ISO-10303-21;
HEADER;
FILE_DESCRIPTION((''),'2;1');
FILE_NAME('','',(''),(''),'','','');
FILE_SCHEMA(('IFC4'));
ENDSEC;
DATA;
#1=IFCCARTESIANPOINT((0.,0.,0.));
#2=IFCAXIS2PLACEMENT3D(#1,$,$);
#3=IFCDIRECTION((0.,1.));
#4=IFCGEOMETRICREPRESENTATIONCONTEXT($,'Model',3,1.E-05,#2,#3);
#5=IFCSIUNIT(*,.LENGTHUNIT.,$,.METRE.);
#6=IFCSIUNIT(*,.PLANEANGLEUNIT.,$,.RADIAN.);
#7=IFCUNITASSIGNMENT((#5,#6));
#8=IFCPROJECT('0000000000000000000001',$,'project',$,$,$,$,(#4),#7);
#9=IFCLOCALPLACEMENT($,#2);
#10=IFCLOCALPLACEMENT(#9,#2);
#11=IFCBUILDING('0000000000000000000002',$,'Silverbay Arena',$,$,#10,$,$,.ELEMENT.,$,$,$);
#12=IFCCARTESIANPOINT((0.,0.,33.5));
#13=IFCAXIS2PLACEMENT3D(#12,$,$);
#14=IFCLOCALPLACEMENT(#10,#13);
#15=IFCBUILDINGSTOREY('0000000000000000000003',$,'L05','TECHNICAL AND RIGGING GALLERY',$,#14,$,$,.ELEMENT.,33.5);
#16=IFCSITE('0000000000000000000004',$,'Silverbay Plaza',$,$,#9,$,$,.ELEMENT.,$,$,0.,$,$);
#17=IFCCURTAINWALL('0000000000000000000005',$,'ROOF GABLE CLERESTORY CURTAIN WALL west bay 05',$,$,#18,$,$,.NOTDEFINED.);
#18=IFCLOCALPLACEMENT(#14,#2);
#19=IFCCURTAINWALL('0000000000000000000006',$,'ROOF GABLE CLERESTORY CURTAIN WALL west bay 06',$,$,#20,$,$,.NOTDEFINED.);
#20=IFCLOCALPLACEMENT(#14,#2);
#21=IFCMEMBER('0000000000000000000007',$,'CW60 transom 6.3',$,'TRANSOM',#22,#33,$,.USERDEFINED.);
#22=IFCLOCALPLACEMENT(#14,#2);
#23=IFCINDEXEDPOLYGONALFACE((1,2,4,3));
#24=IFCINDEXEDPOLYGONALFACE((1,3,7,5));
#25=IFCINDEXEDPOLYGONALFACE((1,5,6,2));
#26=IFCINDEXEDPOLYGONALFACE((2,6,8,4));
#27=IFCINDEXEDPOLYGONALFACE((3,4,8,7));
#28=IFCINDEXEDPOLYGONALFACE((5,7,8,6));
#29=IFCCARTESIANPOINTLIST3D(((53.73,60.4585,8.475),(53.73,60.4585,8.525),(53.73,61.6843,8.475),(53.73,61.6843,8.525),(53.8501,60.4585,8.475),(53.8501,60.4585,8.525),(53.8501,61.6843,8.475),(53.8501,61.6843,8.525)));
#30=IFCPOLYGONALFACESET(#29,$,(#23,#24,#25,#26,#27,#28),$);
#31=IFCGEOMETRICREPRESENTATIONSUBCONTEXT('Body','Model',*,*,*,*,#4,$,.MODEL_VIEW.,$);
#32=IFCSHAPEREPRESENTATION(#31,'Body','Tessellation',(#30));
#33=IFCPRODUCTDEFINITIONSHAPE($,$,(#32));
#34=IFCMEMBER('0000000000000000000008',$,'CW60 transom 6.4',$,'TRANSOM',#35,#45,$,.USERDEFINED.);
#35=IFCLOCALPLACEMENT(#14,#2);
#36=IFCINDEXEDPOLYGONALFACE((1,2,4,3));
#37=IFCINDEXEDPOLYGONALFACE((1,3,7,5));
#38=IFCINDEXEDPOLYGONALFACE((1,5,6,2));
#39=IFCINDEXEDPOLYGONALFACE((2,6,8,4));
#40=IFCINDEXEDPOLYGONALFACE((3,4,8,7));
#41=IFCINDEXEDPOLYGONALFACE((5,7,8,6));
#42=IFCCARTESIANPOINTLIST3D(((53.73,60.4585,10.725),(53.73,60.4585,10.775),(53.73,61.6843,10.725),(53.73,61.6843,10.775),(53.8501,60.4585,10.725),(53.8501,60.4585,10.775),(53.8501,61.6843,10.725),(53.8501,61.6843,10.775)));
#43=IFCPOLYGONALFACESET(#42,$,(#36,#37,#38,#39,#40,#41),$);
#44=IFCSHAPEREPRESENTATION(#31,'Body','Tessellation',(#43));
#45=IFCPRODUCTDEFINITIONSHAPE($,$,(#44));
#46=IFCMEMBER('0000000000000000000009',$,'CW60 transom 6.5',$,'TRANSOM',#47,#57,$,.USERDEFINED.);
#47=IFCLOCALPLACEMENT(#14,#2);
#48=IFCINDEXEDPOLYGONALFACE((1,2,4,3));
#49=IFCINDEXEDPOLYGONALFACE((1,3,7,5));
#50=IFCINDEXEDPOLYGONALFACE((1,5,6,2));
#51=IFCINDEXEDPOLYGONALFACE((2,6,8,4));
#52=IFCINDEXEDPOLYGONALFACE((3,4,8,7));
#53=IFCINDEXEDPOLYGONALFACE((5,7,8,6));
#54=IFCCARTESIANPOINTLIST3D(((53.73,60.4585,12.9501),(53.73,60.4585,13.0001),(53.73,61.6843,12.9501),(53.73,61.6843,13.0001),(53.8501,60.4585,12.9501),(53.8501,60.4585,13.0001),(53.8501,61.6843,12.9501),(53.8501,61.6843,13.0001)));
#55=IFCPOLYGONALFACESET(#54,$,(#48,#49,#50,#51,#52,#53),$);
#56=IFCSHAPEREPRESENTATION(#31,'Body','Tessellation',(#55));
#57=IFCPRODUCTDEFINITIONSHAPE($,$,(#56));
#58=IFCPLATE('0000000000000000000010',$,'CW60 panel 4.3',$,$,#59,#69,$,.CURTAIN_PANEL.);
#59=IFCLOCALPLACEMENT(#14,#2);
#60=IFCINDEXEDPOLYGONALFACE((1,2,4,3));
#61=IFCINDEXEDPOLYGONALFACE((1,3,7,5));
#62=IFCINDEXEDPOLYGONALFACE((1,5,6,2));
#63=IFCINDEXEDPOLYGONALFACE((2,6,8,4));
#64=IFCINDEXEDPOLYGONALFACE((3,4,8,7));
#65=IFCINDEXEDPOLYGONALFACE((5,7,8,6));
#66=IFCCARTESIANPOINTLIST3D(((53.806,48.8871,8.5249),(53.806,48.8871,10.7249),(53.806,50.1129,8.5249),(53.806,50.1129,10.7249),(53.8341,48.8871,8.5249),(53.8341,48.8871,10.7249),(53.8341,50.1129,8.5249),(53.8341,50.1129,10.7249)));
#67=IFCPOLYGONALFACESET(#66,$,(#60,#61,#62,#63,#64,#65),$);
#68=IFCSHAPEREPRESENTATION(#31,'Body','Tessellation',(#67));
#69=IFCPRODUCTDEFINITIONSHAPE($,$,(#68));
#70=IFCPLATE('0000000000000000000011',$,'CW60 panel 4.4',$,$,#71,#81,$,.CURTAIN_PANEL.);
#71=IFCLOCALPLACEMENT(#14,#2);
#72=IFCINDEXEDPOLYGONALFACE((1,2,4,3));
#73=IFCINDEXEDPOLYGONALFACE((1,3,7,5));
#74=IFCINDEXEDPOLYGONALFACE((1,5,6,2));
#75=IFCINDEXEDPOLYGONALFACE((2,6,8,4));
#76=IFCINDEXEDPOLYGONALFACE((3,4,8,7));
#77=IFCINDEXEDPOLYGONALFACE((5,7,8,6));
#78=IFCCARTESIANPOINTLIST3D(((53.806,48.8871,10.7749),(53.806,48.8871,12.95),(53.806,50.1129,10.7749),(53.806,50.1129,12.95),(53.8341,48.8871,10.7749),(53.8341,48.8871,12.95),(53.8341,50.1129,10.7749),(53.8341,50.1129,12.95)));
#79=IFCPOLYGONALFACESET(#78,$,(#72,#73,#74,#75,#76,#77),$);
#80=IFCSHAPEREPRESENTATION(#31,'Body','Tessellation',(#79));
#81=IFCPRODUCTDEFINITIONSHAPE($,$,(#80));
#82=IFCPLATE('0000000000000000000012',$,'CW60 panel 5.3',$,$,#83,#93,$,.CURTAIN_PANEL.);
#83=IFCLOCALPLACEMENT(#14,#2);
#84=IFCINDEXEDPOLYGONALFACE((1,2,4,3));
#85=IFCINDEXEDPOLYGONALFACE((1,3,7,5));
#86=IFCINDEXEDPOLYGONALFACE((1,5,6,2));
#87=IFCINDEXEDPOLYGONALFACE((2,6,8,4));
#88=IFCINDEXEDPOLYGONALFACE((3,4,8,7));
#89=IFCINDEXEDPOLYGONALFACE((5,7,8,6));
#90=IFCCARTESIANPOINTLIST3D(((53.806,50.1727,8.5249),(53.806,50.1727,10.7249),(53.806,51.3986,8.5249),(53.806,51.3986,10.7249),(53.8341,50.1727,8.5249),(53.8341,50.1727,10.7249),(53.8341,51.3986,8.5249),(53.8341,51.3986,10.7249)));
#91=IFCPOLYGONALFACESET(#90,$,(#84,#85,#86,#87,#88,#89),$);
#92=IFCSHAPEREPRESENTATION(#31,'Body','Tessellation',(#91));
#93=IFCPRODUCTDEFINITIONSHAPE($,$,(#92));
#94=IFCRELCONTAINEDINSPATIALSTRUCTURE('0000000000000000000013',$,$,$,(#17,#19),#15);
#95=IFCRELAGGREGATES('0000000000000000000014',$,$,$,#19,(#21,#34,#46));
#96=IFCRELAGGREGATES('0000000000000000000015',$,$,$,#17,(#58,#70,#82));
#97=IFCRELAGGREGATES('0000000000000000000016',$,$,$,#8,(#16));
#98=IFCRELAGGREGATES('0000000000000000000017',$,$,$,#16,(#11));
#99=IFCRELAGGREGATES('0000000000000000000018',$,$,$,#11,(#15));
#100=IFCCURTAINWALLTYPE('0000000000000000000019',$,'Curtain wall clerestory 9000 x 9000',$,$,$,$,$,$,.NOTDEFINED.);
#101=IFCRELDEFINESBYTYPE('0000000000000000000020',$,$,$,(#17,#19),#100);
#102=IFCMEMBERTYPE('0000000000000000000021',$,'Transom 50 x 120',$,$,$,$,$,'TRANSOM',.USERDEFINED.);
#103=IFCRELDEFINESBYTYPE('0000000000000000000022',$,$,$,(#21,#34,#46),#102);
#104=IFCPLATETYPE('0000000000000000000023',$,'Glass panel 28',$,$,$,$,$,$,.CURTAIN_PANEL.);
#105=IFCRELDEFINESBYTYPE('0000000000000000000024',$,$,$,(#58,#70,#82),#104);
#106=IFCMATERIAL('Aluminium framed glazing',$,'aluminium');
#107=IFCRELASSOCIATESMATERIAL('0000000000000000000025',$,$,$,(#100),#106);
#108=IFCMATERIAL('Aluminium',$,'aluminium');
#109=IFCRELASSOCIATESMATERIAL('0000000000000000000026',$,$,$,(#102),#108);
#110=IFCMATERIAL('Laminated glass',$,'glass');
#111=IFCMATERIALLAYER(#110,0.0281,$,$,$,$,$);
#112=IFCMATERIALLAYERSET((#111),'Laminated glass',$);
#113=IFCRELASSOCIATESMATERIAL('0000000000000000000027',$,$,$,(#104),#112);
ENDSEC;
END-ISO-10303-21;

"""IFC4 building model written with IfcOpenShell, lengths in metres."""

from ifc_helpers import new_model, si_unit, direction, frame, origin, origin_2d, place, context, subcontext, project, spatial, rectangle, extrude, material, layer, layer_set, material_profile, profile_set, type_object, element, aggregate, save


model = new_model("IFC4")

# Units and contexts
model_context = context("Model", 3, precision=1e-05, world=origin(), true_north=direction((0.0, 1.0)))
body_context = subcontext(model_context, "Body", "Model", "MODEL_VIEW")
ifc_project = project(units=[si_unit("LENGTHUNIT", "METRE"), si_unit("PLANEANGLEUNIT", "RADIAN")], contexts=[model_context])

# Site, building, storey
site_placement = place(None, origin())
site = spatial("IfcSite", under=ifc_project, at=site_placement, Name="Silverbay Plaza", CompositionType="ELEMENT", RefElevation=0.0)
building_placement = place(site_placement, origin())
building = spatial("IfcBuilding", under=site, at=building_placement, Name="Silverbay Arena", CompositionType="ELEMENT")
storey_placement = place(building_placement, frame((0.0, 0.0, 33.5)))
storey = spatial("IfcBuildingStorey", under=building, at=storey_placement, Name="L05", Description="TECHNICAL AND RIGGING GALLERY", CompositionType="ELEMENT", Elevation=33.5)

# Curtain walls, members
ifc_material_1 = material(Name="Aluminium framed glazing", Category="aluminium")
curtain_wall_type = type_object("IfcCurtainWallType", Name="Curtain wall clerestory 9000 x 9000", PredefinedType="NOTDEFINED", material=ifc_material_1)
curtain_wall_1_placement = place(storey_placement, origin())
curtain_wall_1 = element("IfcCurtainWall", 1, at=curtain_wall_1_placement, inside=storey, type_object=curtain_wall_type, Name="ROOF GABLE CLERESTORY CURTAIN WALL west bay 05", PredefinedType="NOTDEFINED")
ifc_material_2 = material(Name="Aluminium", Category="aluminium")
ifc_material_profile_1 = material_profile(ifc_material_2, rectangle(XDim=0.1201, YDim=0.05, at=origin_2d()), Name="Transom 50 x 120")
ifc_profile_set_1 = profile_set([ifc_material_profile_1], Name="Aluminium")
member_type_1 = type_object("IfcMemberType", Name="Transom 50 x 120", ElementType="TRANSOM", PredefinedType="USERDEFINED", material=ifc_profile_set_1)
curtain_wall_2_placement = place(storey_placement, origin())
curtain_wall_2 = element("IfcCurtainWall", 2, at=curtain_wall_2_placement, inside=storey, type_object=curtain_wall_type, Name="ROOF GABLE CLERESTORY CURTAIN WALL west bay 06", PredefinedType="NOTDEFINED")
member_1_placement = place(storey_placement, frame((53.79, 60.4585, 8.5), z_axis=(0.0, 1.0, 0.0), x_axis=(-1.0, 0.0, 0.0)))
member_1 = element("IfcMember", 3, at=member_1_placement, type_object=member_type_1, Name="CW60 transom 6.3", ObjectType="TRANSOM", PredefinedType="USERDEFINED", context=body_context, shape_type="SweptSolid", body=[
    extrude(rectangle(XDim=0.1201, YDim=0.05, at=origin_2d()), origin(), (0.0, 0.0, 1.0), 1.2258),
])
member_2_placement = place(storey_placement, frame((53.79, 60.4585, 10.75), z_axis=(0.0, 1.0, 0.0), x_axis=(-1.0, 0.0, 0.0)))
member_2 = element("IfcMember", 4, at=member_2_placement, type_object=member_type_1, Name="CW60 transom 6.4", ObjectType="TRANSOM", PredefinedType="USERDEFINED", context=body_context, shape_type="SweptSolid", body=[
    extrude(rectangle(XDim=0.1201, YDim=0.05, at=origin_2d()), origin(), (0.0, 0.0, 1.0), 1.2258),
])
member_3_placement = place(storey_placement, frame((53.79, 60.4585, 12.9751), z_axis=(0.0, 1.0, 0.0), x_axis=(-1.0, 0.0, 0.0)))
member_3 = element("IfcMember", 5, at=member_3_placement, type_object=member_type_1, Name="CW60 transom 6.5", ObjectType="TRANSOM", PredefinedType="USERDEFINED", context=body_context, shape_type="SweptSolid", body=[
    extrude(rectangle(XDim=0.1201, YDim=0.05, at=origin_2d()), origin(), (0.0, 0.0, 1.0), 1.2258),
])
aggregate(curtain_wall_2, [member_1, member_2, member_3])

# Plates
ifc_material_3 = material(Name="Laminated glass", Category="glass")
ifc_layer = layer(ifc_material_3, 0.0281)
ifc_layer_set = layer_set([ifc_layer], Name="Laminated glass")
plate_type = type_object("IfcPlateType", Name="Glass panel 28", PredefinedType="CURTAIN_PANEL", material=ifc_layer_set)
plate_1_placement = place(storey_placement, frame((53.8201, 49.5, 8.5249), z_axis=(0.0, 0.0, 1.0), x_axis=(0.0, 1.0, 0.0)))
plate_1 = element("IfcPlate", 6, at=plate_1_placement, type_object=plate_type, Name="CW60 panel 4.3", PredefinedType="CURTAIN_PANEL", context=body_context, shape_type="SweptSolid", body=[
    extrude(rectangle(XDim=1.2258, YDim=0.0281, at=origin_2d()), origin(), (0.0, 0.0, 1.0), 2.2),
])
plate_2_placement = place(storey_placement, frame((53.8201, 49.5, 10.7749), z_axis=(0.0, 0.0, 1.0), x_axis=(0.0, 1.0, 0.0)))
plate_2 = element("IfcPlate", 7, at=plate_2_placement, type_object=plate_type, Name="CW60 panel 4.4", PredefinedType="CURTAIN_PANEL", context=body_context, shape_type="SweptSolid", body=[
    extrude(rectangle(XDim=1.2258, YDim=0.0281, at=origin_2d()), origin(), (0.0, 0.0, 1.0), 2.175),
])
plate_3_placement = place(storey_placement, frame((53.8201, 50.7856, 8.5249), z_axis=(0.0, 0.0, 1.0), x_axis=(0.0, 1.0, 0.0)))
plate_3 = element("IfcPlate", 8, at=plate_3_placement, type_object=plate_type, Name="CW60 panel 5.3", PredefinedType="CURTAIN_PANEL", context=body_context, shape_type="SweptSolid", body=[
    extrude(rectangle(XDim=1.2258, YDim=0.0281, at=origin_2d()), origin(), (0.0, 0.0, 1.0), 2.2),
])
aggregate(curtain_wall_1, [plate_1, plate_2, plate_3])

save(model, "model.ifc")
